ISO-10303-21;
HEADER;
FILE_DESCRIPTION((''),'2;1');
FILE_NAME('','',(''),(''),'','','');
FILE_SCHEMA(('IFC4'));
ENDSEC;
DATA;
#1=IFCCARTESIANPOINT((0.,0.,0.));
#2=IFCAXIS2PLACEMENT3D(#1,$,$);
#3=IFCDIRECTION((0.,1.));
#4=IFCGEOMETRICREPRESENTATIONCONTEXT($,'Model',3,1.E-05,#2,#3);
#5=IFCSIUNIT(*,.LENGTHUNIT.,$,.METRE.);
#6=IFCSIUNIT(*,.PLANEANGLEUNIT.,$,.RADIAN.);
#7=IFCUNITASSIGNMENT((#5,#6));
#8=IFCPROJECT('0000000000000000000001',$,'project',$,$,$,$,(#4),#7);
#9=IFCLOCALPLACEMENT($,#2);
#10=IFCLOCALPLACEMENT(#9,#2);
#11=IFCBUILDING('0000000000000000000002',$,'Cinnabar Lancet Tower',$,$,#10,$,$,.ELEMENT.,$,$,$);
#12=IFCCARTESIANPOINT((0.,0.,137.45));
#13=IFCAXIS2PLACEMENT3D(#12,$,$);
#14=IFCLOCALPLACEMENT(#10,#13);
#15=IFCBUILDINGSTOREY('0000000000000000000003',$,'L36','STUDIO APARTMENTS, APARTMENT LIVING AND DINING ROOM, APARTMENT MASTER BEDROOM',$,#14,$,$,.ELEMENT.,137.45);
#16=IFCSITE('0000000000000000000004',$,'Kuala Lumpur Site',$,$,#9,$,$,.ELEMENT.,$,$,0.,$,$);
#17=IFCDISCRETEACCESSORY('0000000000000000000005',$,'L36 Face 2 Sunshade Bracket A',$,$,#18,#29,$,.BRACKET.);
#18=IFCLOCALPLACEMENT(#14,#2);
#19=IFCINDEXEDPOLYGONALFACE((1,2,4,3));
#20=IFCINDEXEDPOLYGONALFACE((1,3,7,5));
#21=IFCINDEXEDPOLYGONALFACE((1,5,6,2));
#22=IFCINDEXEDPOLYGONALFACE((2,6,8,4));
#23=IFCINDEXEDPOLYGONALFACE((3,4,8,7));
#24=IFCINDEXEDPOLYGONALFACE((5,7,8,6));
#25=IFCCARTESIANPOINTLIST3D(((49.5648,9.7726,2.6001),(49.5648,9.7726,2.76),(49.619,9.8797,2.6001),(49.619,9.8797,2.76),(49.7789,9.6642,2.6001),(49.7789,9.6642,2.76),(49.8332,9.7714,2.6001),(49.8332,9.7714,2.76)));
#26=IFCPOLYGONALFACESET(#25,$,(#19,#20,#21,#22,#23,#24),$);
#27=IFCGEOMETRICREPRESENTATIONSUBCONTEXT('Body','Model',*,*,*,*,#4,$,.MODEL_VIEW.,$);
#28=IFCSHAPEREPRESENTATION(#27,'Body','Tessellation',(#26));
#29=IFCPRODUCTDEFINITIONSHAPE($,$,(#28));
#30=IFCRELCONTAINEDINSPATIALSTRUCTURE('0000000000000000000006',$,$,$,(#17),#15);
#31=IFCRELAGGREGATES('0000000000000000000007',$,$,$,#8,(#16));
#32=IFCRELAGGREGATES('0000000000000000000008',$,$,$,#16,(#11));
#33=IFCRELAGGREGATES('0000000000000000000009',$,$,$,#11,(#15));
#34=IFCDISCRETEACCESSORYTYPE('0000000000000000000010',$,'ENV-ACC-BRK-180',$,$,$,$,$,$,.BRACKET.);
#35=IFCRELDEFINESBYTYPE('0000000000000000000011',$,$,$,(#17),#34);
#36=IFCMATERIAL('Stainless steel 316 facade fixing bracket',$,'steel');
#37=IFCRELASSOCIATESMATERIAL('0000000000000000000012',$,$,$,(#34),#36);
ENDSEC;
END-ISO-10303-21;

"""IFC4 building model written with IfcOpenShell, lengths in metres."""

from ifc_helpers import new_model, si_unit, direction, frame, origin, origin_2d, place, context, subcontext, project, spatial, rectangle, extrude, material, type_object, element, save


model = new_model("IFC4")

# Units and contexts
model_context = context("Model", 3, precision=1e-05, world=origin(), true_north=direction((0.0, 1.0)))
body_context = subcontext(model_context, "Body", "Model", "MODEL_VIEW")
ifc_project = project(units=[si_unit("LENGTHUNIT", "METRE"), si_unit("PLANEANGLEUNIT", "RADIAN")], contexts=[model_context])

# Site, building, storey
site_placement = place(None, origin())
site = spatial("IfcSite", under=ifc_project, at=site_placement, Name="Kuala Lumpur Site", CompositionType="ELEMENT", RefElevation=0.0)
building_placement = place(site_placement, origin())
building = spatial("IfcBuilding", under=site, at=building_placement, Name="Cinnabar Lancet Tower", CompositionType="ELEMENT")
storey_placement = place(building_placement, frame((0.0, 0.0, 137.45)))
storey = spatial("IfcBuildingStorey", under=building, at=storey_placement, Name="L36", Description="STUDIO APARTMENTS, APARTMENT LIVING AND DINING ROOM, APARTMENT MASTER BEDROOM", CompositionType="ELEMENT", Elevation=137.45)

# Discrete accessory
ifc_material_1 = material(Name="Stainless steel 316 facade fixing bracket", Category="steel")
discrete_accessory_type = type_object("IfcDiscreteAccessoryType", Name="ENV-ACC-BRK-180", PredefinedType="BRACKET", material=ifc_material_1)
discrete_accessory_placement = place(storey_placement, frame((49.699, 9.772, 2.6001), z_axis=(0.0, 0.0, 1.0), x_axis=(0.451454, 0.892294, 0.0)))
element("IfcDiscreteAccessory", 1, at=discrete_accessory_placement, inside=storey, type_object=discrete_accessory_type, Name="L36 Face 2 Sunshade Bracket A", PredefinedType="BRACKET", context=body_context, shape_type="SweptSolid", body=[
    extrude(rectangle(XDim=0.1201, YDim=0.24, at=origin_2d()), origin(), (0.0, 0.0, 1.0), 0.1599),
])

save(model, "model.ifc")
